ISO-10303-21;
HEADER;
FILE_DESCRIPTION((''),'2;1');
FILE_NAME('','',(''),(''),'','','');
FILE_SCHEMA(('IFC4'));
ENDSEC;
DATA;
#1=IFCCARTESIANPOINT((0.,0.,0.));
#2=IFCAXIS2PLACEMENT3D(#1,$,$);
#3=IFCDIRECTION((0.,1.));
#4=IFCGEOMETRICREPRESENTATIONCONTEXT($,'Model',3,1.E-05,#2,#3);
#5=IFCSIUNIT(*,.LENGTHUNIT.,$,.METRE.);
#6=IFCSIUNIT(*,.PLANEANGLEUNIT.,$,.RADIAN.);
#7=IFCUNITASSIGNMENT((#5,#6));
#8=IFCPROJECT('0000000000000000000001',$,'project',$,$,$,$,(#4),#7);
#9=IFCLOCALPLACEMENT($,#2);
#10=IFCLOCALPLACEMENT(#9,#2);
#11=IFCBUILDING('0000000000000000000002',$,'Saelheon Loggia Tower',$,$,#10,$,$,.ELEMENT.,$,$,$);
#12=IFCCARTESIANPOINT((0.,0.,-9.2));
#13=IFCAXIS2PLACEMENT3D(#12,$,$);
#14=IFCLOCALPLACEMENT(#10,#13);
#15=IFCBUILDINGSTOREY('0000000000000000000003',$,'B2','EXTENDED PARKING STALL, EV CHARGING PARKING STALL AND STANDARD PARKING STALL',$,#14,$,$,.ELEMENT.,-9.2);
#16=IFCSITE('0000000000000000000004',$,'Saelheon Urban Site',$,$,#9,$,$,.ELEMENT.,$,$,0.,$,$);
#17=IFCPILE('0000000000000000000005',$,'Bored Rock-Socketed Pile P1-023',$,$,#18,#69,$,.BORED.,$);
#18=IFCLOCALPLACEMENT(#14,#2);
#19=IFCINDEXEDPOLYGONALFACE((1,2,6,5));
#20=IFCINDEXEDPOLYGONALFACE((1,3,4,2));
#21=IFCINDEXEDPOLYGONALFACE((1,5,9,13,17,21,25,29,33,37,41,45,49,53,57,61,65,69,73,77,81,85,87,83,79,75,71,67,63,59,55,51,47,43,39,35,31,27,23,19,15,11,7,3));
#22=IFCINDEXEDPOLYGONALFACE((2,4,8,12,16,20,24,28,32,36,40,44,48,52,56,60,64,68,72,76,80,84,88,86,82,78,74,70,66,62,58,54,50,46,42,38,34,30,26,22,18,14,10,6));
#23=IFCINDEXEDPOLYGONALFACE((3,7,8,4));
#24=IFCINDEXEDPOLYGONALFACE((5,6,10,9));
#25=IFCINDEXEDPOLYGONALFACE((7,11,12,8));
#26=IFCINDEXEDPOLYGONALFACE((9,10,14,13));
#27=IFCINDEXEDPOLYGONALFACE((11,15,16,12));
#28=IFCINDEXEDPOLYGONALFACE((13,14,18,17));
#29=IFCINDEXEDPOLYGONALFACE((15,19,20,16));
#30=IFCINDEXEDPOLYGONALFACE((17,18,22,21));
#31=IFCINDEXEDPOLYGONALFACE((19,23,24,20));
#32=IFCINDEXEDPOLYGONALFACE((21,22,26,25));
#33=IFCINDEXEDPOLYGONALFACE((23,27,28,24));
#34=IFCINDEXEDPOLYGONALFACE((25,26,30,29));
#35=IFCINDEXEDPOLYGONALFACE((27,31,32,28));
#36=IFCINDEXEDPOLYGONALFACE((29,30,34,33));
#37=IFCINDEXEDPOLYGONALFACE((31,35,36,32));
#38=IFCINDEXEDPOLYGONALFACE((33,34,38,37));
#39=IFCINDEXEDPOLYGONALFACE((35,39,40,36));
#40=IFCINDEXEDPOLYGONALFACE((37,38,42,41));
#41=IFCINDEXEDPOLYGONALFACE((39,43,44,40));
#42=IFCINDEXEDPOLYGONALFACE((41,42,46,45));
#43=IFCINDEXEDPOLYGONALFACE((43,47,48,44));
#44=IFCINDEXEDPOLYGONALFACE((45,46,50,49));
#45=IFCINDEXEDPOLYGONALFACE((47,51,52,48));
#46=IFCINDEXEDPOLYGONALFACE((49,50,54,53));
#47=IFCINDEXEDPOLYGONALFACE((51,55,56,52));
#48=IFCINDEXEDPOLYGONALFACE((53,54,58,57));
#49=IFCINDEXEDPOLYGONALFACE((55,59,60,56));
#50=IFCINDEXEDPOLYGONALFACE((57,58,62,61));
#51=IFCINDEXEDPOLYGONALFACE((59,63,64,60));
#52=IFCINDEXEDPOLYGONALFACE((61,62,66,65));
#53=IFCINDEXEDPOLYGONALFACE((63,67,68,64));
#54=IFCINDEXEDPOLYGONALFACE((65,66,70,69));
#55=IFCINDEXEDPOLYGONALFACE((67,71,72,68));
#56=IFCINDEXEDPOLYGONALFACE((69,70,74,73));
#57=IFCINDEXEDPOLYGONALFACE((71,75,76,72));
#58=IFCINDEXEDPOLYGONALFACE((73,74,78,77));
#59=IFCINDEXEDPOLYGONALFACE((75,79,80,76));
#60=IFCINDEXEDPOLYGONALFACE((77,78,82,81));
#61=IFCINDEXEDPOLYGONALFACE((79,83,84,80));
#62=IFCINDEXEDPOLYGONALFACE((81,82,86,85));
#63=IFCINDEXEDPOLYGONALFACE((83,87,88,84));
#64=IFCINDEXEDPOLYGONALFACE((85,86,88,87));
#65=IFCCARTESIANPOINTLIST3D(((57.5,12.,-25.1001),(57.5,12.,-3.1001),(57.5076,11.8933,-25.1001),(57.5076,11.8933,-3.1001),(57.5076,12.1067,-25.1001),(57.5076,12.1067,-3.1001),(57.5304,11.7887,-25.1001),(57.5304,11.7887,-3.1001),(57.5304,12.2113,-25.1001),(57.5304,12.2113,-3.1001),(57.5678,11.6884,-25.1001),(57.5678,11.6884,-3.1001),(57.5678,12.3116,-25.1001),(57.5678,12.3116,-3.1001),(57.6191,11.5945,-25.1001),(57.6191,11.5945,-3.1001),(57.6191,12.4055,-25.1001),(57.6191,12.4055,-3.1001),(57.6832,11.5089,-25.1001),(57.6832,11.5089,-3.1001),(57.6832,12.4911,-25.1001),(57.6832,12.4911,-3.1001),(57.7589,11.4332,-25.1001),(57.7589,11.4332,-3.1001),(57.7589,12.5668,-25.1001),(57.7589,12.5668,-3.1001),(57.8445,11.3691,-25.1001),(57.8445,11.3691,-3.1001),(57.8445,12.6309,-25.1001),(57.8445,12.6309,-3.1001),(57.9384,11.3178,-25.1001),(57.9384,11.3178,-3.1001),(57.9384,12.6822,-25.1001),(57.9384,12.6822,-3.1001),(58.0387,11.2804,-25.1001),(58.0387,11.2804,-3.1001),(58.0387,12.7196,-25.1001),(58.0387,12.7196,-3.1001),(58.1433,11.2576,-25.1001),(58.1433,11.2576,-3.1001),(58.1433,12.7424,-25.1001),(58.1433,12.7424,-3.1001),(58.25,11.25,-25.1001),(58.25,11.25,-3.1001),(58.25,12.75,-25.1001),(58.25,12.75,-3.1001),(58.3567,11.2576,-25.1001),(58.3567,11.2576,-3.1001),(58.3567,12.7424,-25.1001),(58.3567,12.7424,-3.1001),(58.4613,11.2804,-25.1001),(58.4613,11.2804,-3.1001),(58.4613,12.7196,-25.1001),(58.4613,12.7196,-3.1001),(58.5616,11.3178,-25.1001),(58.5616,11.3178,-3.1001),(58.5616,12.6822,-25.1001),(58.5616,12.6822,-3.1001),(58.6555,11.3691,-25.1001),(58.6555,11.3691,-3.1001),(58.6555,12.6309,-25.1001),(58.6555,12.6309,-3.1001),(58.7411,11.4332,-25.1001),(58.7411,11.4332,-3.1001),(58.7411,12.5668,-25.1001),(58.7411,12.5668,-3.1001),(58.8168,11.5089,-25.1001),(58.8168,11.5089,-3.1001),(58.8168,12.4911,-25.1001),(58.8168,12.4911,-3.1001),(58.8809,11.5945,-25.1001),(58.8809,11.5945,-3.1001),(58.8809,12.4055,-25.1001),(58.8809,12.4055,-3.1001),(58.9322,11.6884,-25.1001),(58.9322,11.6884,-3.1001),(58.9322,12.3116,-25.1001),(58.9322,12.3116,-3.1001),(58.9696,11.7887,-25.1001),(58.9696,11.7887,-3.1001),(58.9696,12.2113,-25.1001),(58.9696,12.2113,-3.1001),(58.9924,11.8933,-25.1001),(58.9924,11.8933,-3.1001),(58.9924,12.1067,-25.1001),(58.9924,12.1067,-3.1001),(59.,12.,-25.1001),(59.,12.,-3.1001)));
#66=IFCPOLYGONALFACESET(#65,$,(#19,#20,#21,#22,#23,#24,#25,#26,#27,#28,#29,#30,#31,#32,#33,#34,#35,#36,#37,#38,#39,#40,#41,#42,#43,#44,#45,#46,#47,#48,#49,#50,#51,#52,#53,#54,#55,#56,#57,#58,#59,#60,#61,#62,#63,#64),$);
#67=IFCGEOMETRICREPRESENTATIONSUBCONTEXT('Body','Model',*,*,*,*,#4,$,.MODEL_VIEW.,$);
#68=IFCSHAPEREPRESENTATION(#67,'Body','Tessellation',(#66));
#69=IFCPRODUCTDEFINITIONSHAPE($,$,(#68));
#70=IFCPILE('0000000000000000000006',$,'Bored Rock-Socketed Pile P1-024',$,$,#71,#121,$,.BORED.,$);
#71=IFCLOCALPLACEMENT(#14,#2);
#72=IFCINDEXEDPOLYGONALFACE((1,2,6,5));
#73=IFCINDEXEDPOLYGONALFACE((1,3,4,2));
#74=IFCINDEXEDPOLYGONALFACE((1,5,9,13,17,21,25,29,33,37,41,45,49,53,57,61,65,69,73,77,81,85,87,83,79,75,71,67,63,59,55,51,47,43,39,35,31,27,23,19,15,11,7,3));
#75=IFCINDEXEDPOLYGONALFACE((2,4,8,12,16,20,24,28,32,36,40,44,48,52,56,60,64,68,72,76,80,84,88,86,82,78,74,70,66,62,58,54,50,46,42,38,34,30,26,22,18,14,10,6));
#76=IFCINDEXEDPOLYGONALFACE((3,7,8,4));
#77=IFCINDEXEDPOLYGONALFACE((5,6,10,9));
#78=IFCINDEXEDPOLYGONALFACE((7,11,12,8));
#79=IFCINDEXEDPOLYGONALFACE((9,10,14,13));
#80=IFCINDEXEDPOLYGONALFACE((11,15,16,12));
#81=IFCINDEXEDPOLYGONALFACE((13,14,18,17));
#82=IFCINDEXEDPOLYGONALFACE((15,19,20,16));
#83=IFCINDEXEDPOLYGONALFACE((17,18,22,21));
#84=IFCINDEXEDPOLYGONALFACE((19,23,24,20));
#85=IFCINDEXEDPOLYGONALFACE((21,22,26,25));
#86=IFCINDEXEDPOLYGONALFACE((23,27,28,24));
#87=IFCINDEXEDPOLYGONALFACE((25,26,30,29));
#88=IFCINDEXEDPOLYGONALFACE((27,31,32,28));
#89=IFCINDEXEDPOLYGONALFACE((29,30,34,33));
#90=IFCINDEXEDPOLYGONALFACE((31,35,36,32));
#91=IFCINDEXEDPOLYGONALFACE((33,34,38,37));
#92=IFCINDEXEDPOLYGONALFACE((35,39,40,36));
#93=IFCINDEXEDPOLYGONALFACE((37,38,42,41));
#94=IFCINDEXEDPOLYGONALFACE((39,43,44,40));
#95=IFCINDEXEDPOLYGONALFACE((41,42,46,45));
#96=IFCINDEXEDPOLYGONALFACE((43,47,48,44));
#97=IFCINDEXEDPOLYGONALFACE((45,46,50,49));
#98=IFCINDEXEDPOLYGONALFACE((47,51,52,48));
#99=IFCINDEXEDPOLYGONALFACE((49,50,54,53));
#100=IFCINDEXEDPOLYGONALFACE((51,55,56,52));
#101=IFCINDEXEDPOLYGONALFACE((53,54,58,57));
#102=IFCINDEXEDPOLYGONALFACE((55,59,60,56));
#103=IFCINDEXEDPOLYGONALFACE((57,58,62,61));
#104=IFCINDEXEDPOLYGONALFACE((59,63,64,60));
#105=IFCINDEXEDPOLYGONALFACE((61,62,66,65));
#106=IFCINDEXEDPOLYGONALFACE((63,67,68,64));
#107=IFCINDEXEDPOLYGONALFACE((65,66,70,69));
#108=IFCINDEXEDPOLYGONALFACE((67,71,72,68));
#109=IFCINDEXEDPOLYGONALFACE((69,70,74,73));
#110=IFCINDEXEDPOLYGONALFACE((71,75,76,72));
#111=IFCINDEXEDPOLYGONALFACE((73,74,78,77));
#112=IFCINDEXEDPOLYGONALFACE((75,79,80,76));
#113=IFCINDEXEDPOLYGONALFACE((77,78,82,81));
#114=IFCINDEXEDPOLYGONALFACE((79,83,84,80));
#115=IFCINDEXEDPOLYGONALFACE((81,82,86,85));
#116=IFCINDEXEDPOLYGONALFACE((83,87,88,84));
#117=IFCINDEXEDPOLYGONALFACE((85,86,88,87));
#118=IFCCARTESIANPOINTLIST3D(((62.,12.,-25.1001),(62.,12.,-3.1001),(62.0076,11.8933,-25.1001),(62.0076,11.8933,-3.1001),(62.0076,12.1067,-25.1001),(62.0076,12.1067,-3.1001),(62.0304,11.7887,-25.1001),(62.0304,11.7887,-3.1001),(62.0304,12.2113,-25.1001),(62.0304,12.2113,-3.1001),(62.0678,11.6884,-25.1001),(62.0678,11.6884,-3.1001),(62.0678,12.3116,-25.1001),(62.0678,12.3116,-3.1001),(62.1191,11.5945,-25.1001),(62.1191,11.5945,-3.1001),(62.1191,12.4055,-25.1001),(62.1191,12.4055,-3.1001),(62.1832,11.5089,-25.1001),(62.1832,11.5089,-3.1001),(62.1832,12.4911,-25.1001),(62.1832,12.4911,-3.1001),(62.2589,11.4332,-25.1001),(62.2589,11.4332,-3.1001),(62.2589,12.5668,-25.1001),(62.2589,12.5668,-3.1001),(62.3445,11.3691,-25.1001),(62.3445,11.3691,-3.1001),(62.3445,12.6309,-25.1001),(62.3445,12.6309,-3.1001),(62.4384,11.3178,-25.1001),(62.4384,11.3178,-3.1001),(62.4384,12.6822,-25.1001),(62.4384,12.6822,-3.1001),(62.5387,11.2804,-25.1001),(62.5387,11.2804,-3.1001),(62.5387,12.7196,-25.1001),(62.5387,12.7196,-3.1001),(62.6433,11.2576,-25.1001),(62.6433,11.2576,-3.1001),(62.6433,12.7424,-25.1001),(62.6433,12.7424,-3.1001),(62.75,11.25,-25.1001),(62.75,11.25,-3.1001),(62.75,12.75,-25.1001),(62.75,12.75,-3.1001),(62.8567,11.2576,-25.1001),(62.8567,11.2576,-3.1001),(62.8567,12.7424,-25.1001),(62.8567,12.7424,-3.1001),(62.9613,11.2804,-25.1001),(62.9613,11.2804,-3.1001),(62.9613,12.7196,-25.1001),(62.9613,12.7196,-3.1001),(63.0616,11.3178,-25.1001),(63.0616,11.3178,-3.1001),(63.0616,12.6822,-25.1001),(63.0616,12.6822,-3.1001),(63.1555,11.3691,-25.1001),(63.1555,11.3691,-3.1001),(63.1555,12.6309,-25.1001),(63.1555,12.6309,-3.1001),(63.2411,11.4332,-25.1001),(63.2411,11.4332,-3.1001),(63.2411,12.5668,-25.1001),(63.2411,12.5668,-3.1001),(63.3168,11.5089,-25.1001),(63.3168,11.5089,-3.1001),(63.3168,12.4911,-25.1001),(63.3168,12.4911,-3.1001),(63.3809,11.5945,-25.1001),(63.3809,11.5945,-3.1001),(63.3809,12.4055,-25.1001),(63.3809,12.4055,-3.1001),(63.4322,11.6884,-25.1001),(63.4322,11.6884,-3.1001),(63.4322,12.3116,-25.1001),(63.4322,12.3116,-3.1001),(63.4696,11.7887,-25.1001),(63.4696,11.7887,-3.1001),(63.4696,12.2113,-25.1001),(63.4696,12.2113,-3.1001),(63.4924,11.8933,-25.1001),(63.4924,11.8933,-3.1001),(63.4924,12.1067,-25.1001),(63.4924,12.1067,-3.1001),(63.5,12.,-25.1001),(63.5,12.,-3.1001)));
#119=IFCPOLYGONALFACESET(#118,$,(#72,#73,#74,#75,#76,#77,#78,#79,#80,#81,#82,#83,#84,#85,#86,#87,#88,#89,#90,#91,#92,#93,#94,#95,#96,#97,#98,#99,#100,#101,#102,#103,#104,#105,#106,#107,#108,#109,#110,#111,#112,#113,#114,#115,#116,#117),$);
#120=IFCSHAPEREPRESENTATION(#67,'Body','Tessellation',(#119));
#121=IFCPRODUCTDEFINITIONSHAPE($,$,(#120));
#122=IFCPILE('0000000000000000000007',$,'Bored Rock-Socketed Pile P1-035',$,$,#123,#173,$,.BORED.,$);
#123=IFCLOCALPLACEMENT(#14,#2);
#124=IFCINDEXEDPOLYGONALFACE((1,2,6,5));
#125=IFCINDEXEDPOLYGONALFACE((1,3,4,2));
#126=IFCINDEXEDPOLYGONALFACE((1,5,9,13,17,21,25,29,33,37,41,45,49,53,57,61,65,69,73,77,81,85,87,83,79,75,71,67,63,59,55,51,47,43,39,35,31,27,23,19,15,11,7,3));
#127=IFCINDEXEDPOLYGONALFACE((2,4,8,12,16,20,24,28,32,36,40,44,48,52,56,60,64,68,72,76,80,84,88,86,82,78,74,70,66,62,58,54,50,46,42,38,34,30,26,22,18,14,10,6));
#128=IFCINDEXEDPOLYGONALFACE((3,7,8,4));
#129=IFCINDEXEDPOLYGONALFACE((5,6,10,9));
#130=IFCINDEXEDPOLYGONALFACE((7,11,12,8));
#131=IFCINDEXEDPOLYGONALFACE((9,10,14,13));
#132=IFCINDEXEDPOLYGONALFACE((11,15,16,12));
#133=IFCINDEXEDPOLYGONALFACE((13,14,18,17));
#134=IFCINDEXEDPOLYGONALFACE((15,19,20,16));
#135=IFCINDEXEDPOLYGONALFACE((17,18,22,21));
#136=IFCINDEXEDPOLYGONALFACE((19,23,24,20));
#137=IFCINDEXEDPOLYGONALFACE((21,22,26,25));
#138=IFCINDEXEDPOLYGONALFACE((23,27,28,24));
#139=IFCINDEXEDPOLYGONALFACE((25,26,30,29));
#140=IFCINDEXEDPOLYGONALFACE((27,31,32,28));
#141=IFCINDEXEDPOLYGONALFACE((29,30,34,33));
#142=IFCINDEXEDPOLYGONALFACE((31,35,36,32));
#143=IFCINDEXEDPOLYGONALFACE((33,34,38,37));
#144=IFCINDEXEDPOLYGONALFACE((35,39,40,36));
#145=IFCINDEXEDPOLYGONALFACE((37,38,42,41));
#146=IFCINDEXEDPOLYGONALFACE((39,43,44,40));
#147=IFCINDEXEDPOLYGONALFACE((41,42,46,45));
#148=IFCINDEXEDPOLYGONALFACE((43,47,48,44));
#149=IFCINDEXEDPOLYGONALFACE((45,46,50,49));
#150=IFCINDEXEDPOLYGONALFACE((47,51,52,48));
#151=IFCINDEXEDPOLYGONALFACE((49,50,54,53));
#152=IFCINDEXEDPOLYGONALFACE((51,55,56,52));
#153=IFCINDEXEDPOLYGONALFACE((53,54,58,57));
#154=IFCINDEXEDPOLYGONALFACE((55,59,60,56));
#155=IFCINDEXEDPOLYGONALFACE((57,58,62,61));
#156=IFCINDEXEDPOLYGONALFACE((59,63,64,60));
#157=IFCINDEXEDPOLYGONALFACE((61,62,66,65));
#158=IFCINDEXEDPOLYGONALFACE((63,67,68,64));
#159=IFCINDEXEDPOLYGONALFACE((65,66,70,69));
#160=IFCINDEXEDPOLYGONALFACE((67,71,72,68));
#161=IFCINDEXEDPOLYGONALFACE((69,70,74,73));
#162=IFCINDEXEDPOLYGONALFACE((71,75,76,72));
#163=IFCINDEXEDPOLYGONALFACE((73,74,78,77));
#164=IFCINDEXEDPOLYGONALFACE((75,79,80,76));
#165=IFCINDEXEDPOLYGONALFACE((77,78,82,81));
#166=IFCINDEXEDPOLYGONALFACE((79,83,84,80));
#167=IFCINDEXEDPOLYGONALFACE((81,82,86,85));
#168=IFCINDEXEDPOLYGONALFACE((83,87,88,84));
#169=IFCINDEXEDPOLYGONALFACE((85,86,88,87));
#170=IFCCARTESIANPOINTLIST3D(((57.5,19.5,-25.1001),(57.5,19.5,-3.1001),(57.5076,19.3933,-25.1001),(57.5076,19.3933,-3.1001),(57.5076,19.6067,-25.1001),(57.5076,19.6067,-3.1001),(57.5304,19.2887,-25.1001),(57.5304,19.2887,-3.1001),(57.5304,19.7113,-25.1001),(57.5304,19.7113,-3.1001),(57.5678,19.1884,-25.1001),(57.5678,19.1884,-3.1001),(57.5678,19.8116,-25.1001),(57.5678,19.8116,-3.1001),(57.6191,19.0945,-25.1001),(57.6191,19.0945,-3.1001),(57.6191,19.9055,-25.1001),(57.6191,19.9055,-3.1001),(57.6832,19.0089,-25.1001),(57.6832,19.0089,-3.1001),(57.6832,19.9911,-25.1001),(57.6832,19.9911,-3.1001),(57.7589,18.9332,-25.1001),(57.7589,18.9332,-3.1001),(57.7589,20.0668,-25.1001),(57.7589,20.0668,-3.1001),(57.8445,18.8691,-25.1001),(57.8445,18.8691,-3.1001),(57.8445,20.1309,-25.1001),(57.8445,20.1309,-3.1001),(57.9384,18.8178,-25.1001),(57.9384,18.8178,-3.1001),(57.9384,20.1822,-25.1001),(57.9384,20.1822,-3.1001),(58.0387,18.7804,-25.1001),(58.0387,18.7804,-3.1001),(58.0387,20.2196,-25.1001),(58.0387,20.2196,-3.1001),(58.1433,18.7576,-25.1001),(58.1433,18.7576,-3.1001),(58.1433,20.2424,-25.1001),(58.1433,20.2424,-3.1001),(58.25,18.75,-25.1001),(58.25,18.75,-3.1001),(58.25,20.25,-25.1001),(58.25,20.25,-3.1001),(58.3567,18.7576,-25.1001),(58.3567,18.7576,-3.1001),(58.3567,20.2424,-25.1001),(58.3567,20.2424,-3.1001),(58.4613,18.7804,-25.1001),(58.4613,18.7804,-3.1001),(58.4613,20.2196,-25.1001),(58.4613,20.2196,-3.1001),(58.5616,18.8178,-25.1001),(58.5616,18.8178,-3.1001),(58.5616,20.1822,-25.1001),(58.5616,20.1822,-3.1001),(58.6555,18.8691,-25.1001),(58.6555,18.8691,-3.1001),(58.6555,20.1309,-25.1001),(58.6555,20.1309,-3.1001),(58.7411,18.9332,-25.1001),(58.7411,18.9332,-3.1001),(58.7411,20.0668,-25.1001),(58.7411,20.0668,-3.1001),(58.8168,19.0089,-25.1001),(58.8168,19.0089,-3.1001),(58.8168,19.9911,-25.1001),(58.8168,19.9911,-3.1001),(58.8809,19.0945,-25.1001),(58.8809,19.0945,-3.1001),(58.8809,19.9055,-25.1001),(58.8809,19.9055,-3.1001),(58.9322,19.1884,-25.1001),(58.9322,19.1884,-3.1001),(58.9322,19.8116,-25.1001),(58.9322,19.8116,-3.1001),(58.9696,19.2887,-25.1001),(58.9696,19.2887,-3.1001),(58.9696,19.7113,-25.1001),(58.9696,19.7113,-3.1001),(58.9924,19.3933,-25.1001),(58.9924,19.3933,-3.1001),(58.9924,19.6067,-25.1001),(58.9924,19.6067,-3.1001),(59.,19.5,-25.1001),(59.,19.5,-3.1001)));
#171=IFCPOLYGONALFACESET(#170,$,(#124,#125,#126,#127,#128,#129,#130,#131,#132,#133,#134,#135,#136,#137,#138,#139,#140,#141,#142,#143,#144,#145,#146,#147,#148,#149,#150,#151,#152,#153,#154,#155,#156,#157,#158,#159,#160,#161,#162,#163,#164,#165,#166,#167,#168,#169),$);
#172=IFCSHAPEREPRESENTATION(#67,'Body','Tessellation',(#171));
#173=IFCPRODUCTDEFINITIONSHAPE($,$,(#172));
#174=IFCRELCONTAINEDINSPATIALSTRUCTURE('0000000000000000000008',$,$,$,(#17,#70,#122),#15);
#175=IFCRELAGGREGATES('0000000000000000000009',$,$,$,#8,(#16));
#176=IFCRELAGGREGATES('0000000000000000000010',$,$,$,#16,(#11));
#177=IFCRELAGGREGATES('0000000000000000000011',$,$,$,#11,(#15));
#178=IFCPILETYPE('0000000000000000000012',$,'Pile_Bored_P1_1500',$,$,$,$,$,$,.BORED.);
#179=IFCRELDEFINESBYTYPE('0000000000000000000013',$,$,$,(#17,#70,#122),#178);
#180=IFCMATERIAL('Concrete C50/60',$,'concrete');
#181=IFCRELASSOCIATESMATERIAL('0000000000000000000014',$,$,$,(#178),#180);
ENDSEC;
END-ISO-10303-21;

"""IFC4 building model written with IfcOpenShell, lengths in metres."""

from ifc_helpers import new_model, si_unit, direction, frame, origin, origin_2d, place, context, subcontext, project, spatial, circle, extrude, source, transform, mapped, material, material_profile, profile_set, type_object, element, save


model = new_model("IFC4")

# Units and contexts
model_context = context("Model", 3, precision=1e-05, world=origin(), true_north=direction((0.0, 1.0)))
body_context = subcontext(model_context, "Body", "Model", "MODEL_VIEW")
ifc_project = project(units=[si_unit("LENGTHUNIT", "METRE"), si_unit("PLANEANGLEUNIT", "RADIAN")], contexts=[model_context])

# Site, building, storey
site_placement = place(None, origin())
site = spatial("IfcSite", under=ifc_project, at=site_placement, Name="Saelheon Urban Site", CompositionType="ELEMENT", RefElevation=0.0)
building_placement = place(site_placement, origin())
building = spatial("IfcBuilding", under=site, at=building_placement, Name="Saelheon Loggia Tower", CompositionType="ELEMENT")
storey_placement = place(building_placement, frame((0.0, 0.0, -9.2)))
storey = spatial("IfcBuildingStorey", under=building, at=storey_placement, Name="B2", Description="EXTENDED PARKING STALL, EV CHARGING PARKING STALL AND STANDARD PARKING STALL", CompositionType="ELEMENT", Elevation=-9.2)

# Piles
ifc_material_1 = material(Name="Concrete C50/60", Category="concrete")
ifc_material_profile_1 = material_profile(ifc_material_1, circle(Radius=0.75, at=origin_2d()), Name="CIRC-1500")
ifc_profile_set_1 = profile_set([ifc_material_profile_1], Name="Concrete C50/60")
pile_type_1 = type_object("IfcPileType", Name="Pile_Bored_P1_1500", PredefinedType="BORED", material=ifc_profile_set_1)
shared_shape_1 = source(origin(), body_context, "Body", "SweptSolid", [
    extrude(circle(Radius=0.75, at=origin_2d()), origin(), (0.0, 0.0, 1.0), 22.0),
])
for number, where, z_axis, x_axis, name in (
    (1, (58.25, 12.0, -3.1001), (0.0, 0.0, -1.0), (1.0, 0.0, 0.0), "Bored Rock-Socketed Pile P1-023"),
    (2, (62.75, 12.0, -3.1001), (0.0, 0.0, -1.0), (1.0, 0.0, 0.0), "Bored Rock-Socketed Pile P1-024"),
    (3, (58.25, 19.5, -3.1001), (0.0, 0.0, -1.0), (1.0, 0.0, 0.0), "Bored Rock-Socketed Pile P1-035"),
):
    element("IfcPile", number, at=place(storey_placement, frame(where, z_axis=z_axis, x_axis=x_axis)), inside=storey, type_object=pile_type_1, Name=name, PredefinedType="BORED", context=body_context, shape_type="MappedRepresentation", body=[
        mapped(shared_shape_1, transform((0.0, 0.0, 0.0), scale=1.0)),
    ])

save(model, "model.ifc")
